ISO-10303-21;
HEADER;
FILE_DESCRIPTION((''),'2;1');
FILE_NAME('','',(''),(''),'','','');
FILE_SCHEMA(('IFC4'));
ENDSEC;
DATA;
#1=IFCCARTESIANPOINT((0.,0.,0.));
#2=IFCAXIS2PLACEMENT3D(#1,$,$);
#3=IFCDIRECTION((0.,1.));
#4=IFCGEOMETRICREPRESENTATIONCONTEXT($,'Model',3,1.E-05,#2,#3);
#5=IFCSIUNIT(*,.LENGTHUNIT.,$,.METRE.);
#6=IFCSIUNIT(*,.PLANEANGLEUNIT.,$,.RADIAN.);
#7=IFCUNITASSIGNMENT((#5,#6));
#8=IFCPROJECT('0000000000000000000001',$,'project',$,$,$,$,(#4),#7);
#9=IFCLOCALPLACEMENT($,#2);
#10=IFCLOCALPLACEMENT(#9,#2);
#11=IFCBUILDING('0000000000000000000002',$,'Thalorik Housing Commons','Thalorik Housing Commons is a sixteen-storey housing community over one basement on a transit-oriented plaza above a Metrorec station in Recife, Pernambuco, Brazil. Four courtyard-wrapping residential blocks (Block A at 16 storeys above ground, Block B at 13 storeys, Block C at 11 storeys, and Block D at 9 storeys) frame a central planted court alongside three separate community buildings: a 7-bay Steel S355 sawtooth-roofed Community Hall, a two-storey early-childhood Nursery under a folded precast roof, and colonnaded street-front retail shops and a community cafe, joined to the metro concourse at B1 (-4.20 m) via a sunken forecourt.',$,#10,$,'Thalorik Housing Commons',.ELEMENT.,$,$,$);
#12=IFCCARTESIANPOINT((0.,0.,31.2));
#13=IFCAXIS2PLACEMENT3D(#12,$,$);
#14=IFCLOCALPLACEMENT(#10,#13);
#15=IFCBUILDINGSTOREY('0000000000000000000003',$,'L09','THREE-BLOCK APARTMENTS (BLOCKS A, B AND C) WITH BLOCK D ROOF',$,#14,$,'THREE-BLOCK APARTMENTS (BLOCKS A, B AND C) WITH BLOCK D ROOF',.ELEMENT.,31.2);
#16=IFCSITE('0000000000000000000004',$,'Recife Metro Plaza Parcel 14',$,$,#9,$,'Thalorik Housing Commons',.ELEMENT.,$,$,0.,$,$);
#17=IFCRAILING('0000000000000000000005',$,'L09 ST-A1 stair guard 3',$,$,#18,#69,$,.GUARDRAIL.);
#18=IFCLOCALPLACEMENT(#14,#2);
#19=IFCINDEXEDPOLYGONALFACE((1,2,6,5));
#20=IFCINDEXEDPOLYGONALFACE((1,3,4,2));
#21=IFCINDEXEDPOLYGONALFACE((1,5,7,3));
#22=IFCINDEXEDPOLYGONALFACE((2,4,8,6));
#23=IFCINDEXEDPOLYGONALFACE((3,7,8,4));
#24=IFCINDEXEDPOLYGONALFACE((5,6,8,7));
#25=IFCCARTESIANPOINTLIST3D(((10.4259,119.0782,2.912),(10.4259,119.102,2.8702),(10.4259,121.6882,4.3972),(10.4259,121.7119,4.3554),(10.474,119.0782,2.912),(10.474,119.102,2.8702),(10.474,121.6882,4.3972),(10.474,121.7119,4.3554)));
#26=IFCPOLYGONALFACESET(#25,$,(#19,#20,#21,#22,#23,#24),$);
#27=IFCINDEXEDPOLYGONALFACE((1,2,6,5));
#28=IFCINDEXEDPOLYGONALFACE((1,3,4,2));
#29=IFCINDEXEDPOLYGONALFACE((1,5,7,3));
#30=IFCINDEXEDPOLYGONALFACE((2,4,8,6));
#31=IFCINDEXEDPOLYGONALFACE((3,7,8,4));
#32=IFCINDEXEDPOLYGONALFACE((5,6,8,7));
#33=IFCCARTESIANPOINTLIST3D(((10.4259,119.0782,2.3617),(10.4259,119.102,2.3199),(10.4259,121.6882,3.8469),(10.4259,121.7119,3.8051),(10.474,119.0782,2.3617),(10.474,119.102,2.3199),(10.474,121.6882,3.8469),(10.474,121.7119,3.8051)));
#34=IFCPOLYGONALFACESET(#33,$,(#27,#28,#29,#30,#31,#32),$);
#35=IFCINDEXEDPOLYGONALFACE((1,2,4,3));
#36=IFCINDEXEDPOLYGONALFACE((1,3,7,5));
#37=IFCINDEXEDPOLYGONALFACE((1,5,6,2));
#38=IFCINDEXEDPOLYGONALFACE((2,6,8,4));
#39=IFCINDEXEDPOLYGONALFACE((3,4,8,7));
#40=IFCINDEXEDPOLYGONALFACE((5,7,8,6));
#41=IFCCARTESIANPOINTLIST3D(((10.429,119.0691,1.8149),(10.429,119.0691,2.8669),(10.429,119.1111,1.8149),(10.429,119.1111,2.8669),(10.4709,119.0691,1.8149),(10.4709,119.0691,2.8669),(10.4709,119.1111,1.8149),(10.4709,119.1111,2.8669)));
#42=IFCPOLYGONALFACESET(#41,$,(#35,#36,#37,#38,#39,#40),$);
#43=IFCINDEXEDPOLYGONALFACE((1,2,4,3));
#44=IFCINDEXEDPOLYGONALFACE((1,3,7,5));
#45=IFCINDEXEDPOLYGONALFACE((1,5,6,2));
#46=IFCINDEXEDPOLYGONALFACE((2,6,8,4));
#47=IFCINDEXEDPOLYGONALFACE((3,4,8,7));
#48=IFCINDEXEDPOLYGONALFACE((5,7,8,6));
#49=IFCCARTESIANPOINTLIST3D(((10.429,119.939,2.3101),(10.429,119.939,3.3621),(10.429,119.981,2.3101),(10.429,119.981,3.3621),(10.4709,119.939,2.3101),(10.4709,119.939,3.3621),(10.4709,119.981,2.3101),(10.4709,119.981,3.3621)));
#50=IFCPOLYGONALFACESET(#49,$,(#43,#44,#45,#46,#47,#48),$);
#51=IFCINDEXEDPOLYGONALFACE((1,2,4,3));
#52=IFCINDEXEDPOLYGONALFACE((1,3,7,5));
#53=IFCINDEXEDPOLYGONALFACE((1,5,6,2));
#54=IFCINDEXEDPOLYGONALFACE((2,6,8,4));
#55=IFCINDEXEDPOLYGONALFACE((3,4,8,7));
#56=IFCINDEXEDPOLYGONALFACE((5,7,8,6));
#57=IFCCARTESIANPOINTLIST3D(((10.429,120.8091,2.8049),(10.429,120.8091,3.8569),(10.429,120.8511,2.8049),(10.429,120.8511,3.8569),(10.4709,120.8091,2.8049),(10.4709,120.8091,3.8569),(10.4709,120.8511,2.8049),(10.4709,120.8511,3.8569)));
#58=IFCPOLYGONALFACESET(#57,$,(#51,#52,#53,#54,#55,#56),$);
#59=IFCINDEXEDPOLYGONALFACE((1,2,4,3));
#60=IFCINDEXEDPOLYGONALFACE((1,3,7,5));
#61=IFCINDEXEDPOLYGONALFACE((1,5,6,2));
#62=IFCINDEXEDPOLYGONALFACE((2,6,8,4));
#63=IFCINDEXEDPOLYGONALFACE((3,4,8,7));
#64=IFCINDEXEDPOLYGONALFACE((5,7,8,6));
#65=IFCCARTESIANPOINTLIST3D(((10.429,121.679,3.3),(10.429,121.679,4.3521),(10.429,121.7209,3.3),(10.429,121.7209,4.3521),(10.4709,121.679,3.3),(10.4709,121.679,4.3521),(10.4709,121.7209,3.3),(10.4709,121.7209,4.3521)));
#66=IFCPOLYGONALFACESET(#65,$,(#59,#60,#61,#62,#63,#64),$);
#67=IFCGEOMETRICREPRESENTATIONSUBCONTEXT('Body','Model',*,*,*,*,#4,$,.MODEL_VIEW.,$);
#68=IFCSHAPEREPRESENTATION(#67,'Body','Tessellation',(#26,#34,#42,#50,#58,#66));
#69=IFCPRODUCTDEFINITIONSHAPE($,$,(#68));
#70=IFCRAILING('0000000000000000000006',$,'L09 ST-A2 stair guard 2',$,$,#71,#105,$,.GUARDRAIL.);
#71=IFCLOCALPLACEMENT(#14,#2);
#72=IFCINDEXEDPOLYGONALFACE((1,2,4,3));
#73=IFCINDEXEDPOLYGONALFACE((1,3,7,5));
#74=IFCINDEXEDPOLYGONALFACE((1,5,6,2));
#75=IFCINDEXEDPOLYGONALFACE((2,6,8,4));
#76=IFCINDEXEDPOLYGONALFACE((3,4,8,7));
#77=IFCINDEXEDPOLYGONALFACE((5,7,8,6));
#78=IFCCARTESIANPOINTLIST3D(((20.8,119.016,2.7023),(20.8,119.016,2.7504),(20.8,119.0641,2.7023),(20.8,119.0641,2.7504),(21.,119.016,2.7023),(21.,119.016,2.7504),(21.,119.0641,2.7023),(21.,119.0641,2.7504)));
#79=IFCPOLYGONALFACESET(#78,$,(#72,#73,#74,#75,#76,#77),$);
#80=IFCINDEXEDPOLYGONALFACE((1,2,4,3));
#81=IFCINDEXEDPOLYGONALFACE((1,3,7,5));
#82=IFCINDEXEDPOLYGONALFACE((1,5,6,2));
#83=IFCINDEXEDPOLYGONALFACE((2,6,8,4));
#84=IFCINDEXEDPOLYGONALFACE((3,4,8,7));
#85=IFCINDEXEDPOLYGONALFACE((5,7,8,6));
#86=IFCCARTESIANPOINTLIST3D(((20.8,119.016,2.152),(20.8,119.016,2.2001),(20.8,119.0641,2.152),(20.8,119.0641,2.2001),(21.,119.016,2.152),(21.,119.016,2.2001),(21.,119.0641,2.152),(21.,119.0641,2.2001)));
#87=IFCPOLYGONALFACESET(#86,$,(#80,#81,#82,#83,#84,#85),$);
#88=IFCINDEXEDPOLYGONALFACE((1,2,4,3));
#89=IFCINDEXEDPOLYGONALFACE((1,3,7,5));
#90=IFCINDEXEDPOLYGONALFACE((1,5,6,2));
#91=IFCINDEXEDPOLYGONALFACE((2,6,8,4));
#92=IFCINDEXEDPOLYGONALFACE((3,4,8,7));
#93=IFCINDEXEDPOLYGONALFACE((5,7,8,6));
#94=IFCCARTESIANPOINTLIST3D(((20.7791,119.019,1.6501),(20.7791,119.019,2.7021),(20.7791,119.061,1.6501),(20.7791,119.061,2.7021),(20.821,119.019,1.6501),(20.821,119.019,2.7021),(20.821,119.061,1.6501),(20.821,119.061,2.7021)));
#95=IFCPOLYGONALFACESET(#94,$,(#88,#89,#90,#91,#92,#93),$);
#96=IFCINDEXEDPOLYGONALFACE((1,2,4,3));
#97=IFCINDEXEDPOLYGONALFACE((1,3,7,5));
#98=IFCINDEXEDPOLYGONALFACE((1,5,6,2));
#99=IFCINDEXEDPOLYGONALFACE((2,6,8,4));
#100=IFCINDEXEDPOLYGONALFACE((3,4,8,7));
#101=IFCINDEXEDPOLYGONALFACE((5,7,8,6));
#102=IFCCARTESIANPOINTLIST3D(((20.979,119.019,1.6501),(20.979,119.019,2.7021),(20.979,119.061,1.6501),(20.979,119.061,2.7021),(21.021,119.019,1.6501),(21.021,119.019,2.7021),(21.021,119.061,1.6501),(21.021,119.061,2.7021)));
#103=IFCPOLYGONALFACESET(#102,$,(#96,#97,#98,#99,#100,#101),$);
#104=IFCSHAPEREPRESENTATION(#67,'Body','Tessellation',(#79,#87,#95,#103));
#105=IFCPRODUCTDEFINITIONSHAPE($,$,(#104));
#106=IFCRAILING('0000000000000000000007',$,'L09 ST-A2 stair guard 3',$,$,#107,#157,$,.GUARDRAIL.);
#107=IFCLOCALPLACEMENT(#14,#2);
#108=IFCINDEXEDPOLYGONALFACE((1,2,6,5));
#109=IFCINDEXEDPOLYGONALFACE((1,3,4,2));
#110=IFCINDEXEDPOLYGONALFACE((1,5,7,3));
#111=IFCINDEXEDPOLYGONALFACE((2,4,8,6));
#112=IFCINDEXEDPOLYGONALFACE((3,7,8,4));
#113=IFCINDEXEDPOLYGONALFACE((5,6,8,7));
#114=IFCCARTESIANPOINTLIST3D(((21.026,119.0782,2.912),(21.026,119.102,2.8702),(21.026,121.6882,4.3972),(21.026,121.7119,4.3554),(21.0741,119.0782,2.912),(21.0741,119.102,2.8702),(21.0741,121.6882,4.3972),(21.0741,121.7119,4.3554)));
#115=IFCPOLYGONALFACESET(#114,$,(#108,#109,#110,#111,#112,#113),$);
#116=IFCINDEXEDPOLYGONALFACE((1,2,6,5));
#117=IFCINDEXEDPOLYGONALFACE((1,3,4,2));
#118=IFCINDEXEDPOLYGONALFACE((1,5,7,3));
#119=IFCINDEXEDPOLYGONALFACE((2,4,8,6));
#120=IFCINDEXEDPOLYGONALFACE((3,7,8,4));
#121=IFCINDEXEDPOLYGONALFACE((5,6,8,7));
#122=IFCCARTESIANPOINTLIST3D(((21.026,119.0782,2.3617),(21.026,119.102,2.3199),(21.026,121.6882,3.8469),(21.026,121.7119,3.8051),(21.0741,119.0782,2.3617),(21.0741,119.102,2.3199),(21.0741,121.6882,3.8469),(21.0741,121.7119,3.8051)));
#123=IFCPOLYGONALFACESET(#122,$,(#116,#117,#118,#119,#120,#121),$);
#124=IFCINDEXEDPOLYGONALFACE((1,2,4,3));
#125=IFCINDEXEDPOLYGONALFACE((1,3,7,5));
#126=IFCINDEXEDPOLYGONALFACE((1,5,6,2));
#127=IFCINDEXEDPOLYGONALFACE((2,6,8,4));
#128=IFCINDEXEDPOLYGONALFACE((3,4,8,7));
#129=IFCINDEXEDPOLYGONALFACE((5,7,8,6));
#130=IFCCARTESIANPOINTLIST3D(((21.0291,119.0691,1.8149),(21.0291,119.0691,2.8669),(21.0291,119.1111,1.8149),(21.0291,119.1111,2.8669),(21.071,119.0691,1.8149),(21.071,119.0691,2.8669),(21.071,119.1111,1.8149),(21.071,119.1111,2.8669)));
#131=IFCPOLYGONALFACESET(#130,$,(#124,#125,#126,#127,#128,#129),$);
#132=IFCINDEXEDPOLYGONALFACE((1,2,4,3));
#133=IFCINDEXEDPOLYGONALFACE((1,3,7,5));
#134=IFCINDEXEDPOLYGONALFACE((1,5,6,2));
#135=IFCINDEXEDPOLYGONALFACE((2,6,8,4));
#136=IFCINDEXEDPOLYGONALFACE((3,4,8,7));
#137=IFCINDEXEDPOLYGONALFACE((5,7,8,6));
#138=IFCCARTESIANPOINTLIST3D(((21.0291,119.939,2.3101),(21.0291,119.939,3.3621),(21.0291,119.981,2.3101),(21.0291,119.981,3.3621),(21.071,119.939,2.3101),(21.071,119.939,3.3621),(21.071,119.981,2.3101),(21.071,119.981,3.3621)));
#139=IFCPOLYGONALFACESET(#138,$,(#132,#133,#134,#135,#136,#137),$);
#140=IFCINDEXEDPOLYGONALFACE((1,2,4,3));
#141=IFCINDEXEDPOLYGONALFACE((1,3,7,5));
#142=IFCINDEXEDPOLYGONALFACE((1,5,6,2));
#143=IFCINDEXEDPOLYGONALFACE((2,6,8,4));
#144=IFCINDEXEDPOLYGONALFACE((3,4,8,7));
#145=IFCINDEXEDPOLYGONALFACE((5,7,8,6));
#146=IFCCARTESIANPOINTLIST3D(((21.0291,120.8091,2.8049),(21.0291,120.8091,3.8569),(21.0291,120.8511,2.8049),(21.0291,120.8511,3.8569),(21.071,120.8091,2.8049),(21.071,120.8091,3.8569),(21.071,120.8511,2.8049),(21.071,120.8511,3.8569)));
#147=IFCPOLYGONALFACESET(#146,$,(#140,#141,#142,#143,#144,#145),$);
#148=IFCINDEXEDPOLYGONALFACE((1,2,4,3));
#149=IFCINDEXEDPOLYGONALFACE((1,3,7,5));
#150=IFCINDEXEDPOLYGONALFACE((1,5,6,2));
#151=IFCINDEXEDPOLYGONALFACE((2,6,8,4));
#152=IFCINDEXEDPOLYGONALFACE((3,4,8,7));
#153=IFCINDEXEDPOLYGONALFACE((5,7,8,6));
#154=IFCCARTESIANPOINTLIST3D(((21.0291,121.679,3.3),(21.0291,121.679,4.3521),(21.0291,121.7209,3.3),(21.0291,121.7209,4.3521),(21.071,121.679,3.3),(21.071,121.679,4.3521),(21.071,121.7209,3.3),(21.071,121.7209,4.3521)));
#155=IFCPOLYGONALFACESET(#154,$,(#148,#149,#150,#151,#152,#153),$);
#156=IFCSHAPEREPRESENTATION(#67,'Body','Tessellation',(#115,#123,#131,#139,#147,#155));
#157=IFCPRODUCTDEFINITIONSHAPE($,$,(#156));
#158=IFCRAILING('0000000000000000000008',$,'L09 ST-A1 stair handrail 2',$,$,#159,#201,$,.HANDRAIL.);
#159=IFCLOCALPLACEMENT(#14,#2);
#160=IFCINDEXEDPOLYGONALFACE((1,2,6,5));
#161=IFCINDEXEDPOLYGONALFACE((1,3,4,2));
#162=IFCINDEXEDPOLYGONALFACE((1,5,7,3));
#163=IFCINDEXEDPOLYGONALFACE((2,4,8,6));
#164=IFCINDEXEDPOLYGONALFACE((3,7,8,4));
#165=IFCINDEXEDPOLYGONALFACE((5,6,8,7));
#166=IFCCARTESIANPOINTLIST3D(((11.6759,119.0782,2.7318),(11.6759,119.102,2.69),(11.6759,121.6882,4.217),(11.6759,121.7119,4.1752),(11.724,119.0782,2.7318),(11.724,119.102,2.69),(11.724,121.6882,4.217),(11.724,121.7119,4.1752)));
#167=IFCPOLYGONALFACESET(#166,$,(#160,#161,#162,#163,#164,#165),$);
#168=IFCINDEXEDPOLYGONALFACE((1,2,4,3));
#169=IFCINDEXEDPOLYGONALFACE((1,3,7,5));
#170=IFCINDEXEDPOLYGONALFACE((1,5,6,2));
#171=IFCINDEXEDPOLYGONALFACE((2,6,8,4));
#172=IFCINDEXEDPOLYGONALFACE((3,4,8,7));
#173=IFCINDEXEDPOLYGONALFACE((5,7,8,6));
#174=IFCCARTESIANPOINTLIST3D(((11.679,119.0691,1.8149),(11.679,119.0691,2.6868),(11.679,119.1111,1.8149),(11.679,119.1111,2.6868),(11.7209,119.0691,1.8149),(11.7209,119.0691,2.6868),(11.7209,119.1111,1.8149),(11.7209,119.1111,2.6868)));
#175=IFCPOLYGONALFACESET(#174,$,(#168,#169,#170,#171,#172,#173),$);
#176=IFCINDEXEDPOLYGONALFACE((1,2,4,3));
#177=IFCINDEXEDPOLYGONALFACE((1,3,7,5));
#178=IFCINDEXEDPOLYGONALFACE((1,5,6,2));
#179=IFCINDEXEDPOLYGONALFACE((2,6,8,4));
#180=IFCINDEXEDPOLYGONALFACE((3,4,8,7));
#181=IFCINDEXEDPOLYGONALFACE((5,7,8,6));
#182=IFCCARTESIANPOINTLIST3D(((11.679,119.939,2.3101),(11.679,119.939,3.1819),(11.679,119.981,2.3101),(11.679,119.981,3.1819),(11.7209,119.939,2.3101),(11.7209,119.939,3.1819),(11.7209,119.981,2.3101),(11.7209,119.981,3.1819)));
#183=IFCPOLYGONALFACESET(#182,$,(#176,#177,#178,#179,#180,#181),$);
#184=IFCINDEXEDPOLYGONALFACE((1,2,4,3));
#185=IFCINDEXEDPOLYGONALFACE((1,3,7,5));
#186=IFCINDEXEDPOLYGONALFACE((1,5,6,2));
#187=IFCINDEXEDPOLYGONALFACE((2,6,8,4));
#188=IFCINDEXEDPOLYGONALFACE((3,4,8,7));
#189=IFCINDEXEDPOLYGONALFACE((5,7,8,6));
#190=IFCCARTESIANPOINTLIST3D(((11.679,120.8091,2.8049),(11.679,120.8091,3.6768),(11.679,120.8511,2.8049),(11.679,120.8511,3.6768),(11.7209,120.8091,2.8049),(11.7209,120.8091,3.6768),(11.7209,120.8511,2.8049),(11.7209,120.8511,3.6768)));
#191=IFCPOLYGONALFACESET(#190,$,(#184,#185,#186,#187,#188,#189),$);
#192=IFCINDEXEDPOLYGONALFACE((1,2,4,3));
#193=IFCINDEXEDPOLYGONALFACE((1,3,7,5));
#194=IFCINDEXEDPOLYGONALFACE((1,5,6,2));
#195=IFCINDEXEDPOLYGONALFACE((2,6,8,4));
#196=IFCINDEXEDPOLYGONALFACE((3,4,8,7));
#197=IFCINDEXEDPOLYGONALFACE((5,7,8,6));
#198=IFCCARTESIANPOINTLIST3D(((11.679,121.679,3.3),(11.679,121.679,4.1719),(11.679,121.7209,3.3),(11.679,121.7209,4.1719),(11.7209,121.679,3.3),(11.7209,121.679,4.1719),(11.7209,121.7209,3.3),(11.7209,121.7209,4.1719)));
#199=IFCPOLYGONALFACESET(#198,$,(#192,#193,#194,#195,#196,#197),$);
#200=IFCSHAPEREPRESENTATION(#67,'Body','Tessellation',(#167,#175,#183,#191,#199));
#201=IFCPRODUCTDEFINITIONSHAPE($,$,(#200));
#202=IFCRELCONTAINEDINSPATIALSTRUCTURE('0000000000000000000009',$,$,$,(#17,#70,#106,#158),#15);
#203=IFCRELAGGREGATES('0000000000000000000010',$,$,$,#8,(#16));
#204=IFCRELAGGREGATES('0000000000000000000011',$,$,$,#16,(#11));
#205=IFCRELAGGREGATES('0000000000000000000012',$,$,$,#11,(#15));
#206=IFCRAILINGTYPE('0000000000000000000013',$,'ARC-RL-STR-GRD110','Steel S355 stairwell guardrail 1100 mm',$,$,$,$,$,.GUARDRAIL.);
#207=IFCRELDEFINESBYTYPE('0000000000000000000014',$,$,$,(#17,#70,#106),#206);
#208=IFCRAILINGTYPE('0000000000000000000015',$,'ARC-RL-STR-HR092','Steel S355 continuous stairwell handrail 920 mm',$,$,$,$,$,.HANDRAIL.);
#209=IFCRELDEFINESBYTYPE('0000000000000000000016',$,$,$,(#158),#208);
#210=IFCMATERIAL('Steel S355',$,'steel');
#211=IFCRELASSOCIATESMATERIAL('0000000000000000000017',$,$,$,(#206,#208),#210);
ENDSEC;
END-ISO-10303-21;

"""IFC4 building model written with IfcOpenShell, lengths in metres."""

from ifc_helpers import new_model, si_unit, direction, frame, origin, origin_2d, place, context, subcontext, project, spatial, rectangle, extrude, material, type_object, element, save


model = new_model("IFC4")

# Units and contexts
model_context = context("Model", 3, precision=1e-05, world=origin(), true_north=direction((0.0, 1.0)))
body_context = subcontext(model_context, "Body", "Model", "MODEL_VIEW")
ifc_project = project(units=[si_unit("LENGTHUNIT", "METRE"), si_unit("PLANEANGLEUNIT", "RADIAN")], contexts=[model_context])

# Site, building, storey
site_placement = place(None, origin())
site = spatial("IfcSite", under=ifc_project, at=site_placement, Name="Recife Metro Plaza Parcel 14", LongName="Thalorik Housing Commons", CompositionType="ELEMENT", RefElevation=0.0)
building_placement = place(site_placement, origin())
building = spatial("IfcBuilding", under=site, at=building_placement, Name="Thalorik Housing Commons", Description="Thalorik Housing Commons is a sixteen-storey housing community over one basement on a transit-oriented plaza above a Metrorec station in Recife, Pernambuco, Brazil. Four courtyard-wrapping residential blocks (Block A at 16 storeys above ground, Block B at 13 storeys, Block C at 11 storeys, and Block D at 9 storeys) frame a central planted court alongside three separate community buildings: a 7-bay Steel S355 sawtooth-roofed Community Hall, a two-storey early-childhood Nursery under a folded precast roof, and colonnaded street-front retail shops and a community cafe, joined to the metro concourse at B1 (-4.20 m) via a sunken forecourt.", LongName="Thalorik Housing Commons", CompositionType="ELEMENT")
storey_placement = place(building_placement, frame((0.0, 0.0, 31.2)))
storey = spatial("IfcBuildingStorey", under=building, at=storey_placement, Name="L09", Description="THREE-BLOCK APARTMENTS (BLOCKS A, B AND C) WITH BLOCK D ROOF", LongName="THREE-BLOCK APARTMENTS (BLOCKS A, B AND C) WITH BLOCK D ROOF", CompositionType="ELEMENT", Elevation=31.2)

# Shared definitions
ifc_material_1 = material(Name="Steel S355", Category="steel")

# Railings
railing_type_1 = type_object("IfcRailingType", Name="ARC-RL-STR-GRD110", Description="Steel S355 stairwell guardrail 1100 mm", PredefinedType="GUARDRAIL", material=ifc_material_1)
railing_1_placement = place(storey_placement, frame((10.45, 119.0901, 1.8149)))
element("IfcRailing", 1, at=railing_1_placement, inside=storey, type_object=railing_type_1, Name="L09 ST-A1 stair guard 3", PredefinedType="GUARDRAIL", context=body_context, shape_type="SweptSolid", body=[
    extrude(rectangle(XDim=0.0481, YDim=0.0481, at=origin_2d()), frame((0.0, 0.0, 1.0762), z_axis=(0.0, 0.869137, 0.494571), x_axis=(-1.0, 0.0, 0.0)), (0.0, 0.0, 1.0), 3.0029),
    extrude(rectangle(XDim=0.0481, YDim=0.0481, at=origin_2d()), frame((0.0, 0.0, 0.5259), z_axis=(0.0, 0.869137, 0.494571), x_axis=(-1.0, 0.0, 0.0)), (0.0, 0.0, 1.0), 3.0029),
    extrude(rectangle(XDim=0.042, YDim=0.042, at=origin_2d()), origin(), (0.0, 0.0, 1.0), 1.052),
    extrude(rectangle(XDim=0.042, YDim=0.042, at=origin_2d()), frame((0.0, 0.8699, 0.4951)), (0.0, 0.0, 1.0), 1.052),
    extrude(rectangle(XDim=0.042, YDim=0.042, at=origin_2d()), frame((0.0, 1.74, 0.99)), (0.0, 0.0, 1.0), 1.052),
    extrude(rectangle(XDim=0.042, YDim=0.042, at=origin_2d()), frame((0.0, 2.6099, 1.4851)), (0.0, 0.0, 1.0), 1.052),
])
railing_2_placement = place(storey_placement, frame((20.8, 119.04, 1.6501)))
element("IfcRailing", 2, at=railing_2_placement, inside=storey, type_object=railing_type_1, Name="L09 ST-A2 stair guard 2", PredefinedType="GUARDRAIL", context=body_context, shape_type="SweptSolid", body=[
    extrude(rectangle(XDim=0.0481, YDim=0.0481, at=origin_2d()), frame((0.0, 0.0, 1.0762), z_axis=(1.0, 0.0, 0.0), x_axis=(0.0, 1.0, 0.0)), (0.0, 0.0, 1.0), 0.2),
    extrude(rectangle(XDim=0.0481, YDim=0.0481, at=origin_2d()), frame((0.0, 0.0, 0.5259), z_axis=(1.0, 0.0, 0.0), x_axis=(0.0, 1.0, 0.0)), (0.0, 0.0, 1.0), 0.2),
    extrude(rectangle(XDim=0.042, YDim=0.042, at=origin_2d()), origin(), (0.0, 0.0, 1.0), 1.052),
    extrude(rectangle(XDim=0.042, YDim=0.042, at=origin_2d()), frame((0.2, 0.0, 0.0)), (0.0, 0.0, 1.0), 1.052),
])
railing_3_placement = place(storey_placement, frame((21.05, 119.0901, 1.8149)))
element("IfcRailing", 3, at=railing_3_placement, inside=storey, type_object=railing_type_1, Name="L09 ST-A2 stair guard 3", PredefinedType="GUARDRAIL", context=body_context, shape_type="SweptSolid", body=[
    extrude(rectangle(XDim=0.0481, YDim=0.0481, at=origin_2d()), frame((0.0, 0.0, 1.0762), z_axis=(0.0, 0.869137, 0.494571), x_axis=(-1.0, 0.0, 0.0)), (0.0, 0.0, 1.0), 3.0029),
    extrude(rectangle(XDim=0.0481, YDim=0.0481, at=origin_2d()), frame((0.0, 0.0, 0.5259), z_axis=(0.0, 0.869137, 0.494571), x_axis=(-1.0, 0.0, 0.0)), (0.0, 0.0, 1.0), 3.0029),
    extrude(rectangle(XDim=0.042, YDim=0.042, at=origin_2d()), origin(), (0.0, 0.0, 1.0), 1.052),
    extrude(rectangle(XDim=0.042, YDim=0.042, at=origin_2d()), frame((0.0, 0.8699, 0.4951)), (0.0, 0.0, 1.0), 1.052),
    extrude(rectangle(XDim=0.042, YDim=0.042, at=origin_2d()), frame((0.0, 1.74, 0.99)), (0.0, 0.0, 1.0), 1.052),
    extrude(rectangle(XDim=0.042, YDim=0.042, at=origin_2d()), frame((0.0, 2.6099, 1.4851)), (0.0, 0.0, 1.0), 1.052),
])
railing_type_2 = type_object("IfcRailingType", Name="ARC-RL-STR-HR092", Description="Steel S355 continuous stairwell handrail 920 mm", PredefinedType="HANDRAIL", material=ifc_material_1)
railing_4_placement = place(storey_placement, frame((11.7, 119.0901, 1.8149)))
element("IfcRailing", 4, at=railing_4_placement, inside=storey, type_object=railing_type_2, Name="L09 ST-A1 stair handrail 2", PredefinedType="HANDRAIL", context=body_context, shape_type="SweptSolid", body=[
    extrude(rectangle(XDim=0.0481, YDim=0.0481, at=origin_2d()), frame((0.0, 0.0, 0.896), z_axis=(0.0, 0.869137, 0.494571), x_axis=(-1.0, 0.0, 0.0)), (0.0, 0.0, 1.0), 3.0029),
    extrude(rectangle(XDim=0.042, YDim=0.042, at=origin_2d()), origin(), (0.0, 0.0, 1.0), 0.8718),
    extrude(rectangle(XDim=0.042, YDim=0.042, at=origin_2d()), frame((0.0, 0.8699, 0.4951)), (0.0, 0.0, 1.0), 0.8718),
    extrude(rectangle(XDim=0.042, YDim=0.042, at=origin_2d()), frame((0.0, 1.74, 0.99)), (0.0, 0.0, 1.0), 0.8718),
    extrude(rectangle(XDim=0.042, YDim=0.042, at=origin_2d()), frame((0.0, 2.6099, 1.4851)), (0.0, 0.0, 1.0), 0.8718),
])

save(model, "model.ifc")
